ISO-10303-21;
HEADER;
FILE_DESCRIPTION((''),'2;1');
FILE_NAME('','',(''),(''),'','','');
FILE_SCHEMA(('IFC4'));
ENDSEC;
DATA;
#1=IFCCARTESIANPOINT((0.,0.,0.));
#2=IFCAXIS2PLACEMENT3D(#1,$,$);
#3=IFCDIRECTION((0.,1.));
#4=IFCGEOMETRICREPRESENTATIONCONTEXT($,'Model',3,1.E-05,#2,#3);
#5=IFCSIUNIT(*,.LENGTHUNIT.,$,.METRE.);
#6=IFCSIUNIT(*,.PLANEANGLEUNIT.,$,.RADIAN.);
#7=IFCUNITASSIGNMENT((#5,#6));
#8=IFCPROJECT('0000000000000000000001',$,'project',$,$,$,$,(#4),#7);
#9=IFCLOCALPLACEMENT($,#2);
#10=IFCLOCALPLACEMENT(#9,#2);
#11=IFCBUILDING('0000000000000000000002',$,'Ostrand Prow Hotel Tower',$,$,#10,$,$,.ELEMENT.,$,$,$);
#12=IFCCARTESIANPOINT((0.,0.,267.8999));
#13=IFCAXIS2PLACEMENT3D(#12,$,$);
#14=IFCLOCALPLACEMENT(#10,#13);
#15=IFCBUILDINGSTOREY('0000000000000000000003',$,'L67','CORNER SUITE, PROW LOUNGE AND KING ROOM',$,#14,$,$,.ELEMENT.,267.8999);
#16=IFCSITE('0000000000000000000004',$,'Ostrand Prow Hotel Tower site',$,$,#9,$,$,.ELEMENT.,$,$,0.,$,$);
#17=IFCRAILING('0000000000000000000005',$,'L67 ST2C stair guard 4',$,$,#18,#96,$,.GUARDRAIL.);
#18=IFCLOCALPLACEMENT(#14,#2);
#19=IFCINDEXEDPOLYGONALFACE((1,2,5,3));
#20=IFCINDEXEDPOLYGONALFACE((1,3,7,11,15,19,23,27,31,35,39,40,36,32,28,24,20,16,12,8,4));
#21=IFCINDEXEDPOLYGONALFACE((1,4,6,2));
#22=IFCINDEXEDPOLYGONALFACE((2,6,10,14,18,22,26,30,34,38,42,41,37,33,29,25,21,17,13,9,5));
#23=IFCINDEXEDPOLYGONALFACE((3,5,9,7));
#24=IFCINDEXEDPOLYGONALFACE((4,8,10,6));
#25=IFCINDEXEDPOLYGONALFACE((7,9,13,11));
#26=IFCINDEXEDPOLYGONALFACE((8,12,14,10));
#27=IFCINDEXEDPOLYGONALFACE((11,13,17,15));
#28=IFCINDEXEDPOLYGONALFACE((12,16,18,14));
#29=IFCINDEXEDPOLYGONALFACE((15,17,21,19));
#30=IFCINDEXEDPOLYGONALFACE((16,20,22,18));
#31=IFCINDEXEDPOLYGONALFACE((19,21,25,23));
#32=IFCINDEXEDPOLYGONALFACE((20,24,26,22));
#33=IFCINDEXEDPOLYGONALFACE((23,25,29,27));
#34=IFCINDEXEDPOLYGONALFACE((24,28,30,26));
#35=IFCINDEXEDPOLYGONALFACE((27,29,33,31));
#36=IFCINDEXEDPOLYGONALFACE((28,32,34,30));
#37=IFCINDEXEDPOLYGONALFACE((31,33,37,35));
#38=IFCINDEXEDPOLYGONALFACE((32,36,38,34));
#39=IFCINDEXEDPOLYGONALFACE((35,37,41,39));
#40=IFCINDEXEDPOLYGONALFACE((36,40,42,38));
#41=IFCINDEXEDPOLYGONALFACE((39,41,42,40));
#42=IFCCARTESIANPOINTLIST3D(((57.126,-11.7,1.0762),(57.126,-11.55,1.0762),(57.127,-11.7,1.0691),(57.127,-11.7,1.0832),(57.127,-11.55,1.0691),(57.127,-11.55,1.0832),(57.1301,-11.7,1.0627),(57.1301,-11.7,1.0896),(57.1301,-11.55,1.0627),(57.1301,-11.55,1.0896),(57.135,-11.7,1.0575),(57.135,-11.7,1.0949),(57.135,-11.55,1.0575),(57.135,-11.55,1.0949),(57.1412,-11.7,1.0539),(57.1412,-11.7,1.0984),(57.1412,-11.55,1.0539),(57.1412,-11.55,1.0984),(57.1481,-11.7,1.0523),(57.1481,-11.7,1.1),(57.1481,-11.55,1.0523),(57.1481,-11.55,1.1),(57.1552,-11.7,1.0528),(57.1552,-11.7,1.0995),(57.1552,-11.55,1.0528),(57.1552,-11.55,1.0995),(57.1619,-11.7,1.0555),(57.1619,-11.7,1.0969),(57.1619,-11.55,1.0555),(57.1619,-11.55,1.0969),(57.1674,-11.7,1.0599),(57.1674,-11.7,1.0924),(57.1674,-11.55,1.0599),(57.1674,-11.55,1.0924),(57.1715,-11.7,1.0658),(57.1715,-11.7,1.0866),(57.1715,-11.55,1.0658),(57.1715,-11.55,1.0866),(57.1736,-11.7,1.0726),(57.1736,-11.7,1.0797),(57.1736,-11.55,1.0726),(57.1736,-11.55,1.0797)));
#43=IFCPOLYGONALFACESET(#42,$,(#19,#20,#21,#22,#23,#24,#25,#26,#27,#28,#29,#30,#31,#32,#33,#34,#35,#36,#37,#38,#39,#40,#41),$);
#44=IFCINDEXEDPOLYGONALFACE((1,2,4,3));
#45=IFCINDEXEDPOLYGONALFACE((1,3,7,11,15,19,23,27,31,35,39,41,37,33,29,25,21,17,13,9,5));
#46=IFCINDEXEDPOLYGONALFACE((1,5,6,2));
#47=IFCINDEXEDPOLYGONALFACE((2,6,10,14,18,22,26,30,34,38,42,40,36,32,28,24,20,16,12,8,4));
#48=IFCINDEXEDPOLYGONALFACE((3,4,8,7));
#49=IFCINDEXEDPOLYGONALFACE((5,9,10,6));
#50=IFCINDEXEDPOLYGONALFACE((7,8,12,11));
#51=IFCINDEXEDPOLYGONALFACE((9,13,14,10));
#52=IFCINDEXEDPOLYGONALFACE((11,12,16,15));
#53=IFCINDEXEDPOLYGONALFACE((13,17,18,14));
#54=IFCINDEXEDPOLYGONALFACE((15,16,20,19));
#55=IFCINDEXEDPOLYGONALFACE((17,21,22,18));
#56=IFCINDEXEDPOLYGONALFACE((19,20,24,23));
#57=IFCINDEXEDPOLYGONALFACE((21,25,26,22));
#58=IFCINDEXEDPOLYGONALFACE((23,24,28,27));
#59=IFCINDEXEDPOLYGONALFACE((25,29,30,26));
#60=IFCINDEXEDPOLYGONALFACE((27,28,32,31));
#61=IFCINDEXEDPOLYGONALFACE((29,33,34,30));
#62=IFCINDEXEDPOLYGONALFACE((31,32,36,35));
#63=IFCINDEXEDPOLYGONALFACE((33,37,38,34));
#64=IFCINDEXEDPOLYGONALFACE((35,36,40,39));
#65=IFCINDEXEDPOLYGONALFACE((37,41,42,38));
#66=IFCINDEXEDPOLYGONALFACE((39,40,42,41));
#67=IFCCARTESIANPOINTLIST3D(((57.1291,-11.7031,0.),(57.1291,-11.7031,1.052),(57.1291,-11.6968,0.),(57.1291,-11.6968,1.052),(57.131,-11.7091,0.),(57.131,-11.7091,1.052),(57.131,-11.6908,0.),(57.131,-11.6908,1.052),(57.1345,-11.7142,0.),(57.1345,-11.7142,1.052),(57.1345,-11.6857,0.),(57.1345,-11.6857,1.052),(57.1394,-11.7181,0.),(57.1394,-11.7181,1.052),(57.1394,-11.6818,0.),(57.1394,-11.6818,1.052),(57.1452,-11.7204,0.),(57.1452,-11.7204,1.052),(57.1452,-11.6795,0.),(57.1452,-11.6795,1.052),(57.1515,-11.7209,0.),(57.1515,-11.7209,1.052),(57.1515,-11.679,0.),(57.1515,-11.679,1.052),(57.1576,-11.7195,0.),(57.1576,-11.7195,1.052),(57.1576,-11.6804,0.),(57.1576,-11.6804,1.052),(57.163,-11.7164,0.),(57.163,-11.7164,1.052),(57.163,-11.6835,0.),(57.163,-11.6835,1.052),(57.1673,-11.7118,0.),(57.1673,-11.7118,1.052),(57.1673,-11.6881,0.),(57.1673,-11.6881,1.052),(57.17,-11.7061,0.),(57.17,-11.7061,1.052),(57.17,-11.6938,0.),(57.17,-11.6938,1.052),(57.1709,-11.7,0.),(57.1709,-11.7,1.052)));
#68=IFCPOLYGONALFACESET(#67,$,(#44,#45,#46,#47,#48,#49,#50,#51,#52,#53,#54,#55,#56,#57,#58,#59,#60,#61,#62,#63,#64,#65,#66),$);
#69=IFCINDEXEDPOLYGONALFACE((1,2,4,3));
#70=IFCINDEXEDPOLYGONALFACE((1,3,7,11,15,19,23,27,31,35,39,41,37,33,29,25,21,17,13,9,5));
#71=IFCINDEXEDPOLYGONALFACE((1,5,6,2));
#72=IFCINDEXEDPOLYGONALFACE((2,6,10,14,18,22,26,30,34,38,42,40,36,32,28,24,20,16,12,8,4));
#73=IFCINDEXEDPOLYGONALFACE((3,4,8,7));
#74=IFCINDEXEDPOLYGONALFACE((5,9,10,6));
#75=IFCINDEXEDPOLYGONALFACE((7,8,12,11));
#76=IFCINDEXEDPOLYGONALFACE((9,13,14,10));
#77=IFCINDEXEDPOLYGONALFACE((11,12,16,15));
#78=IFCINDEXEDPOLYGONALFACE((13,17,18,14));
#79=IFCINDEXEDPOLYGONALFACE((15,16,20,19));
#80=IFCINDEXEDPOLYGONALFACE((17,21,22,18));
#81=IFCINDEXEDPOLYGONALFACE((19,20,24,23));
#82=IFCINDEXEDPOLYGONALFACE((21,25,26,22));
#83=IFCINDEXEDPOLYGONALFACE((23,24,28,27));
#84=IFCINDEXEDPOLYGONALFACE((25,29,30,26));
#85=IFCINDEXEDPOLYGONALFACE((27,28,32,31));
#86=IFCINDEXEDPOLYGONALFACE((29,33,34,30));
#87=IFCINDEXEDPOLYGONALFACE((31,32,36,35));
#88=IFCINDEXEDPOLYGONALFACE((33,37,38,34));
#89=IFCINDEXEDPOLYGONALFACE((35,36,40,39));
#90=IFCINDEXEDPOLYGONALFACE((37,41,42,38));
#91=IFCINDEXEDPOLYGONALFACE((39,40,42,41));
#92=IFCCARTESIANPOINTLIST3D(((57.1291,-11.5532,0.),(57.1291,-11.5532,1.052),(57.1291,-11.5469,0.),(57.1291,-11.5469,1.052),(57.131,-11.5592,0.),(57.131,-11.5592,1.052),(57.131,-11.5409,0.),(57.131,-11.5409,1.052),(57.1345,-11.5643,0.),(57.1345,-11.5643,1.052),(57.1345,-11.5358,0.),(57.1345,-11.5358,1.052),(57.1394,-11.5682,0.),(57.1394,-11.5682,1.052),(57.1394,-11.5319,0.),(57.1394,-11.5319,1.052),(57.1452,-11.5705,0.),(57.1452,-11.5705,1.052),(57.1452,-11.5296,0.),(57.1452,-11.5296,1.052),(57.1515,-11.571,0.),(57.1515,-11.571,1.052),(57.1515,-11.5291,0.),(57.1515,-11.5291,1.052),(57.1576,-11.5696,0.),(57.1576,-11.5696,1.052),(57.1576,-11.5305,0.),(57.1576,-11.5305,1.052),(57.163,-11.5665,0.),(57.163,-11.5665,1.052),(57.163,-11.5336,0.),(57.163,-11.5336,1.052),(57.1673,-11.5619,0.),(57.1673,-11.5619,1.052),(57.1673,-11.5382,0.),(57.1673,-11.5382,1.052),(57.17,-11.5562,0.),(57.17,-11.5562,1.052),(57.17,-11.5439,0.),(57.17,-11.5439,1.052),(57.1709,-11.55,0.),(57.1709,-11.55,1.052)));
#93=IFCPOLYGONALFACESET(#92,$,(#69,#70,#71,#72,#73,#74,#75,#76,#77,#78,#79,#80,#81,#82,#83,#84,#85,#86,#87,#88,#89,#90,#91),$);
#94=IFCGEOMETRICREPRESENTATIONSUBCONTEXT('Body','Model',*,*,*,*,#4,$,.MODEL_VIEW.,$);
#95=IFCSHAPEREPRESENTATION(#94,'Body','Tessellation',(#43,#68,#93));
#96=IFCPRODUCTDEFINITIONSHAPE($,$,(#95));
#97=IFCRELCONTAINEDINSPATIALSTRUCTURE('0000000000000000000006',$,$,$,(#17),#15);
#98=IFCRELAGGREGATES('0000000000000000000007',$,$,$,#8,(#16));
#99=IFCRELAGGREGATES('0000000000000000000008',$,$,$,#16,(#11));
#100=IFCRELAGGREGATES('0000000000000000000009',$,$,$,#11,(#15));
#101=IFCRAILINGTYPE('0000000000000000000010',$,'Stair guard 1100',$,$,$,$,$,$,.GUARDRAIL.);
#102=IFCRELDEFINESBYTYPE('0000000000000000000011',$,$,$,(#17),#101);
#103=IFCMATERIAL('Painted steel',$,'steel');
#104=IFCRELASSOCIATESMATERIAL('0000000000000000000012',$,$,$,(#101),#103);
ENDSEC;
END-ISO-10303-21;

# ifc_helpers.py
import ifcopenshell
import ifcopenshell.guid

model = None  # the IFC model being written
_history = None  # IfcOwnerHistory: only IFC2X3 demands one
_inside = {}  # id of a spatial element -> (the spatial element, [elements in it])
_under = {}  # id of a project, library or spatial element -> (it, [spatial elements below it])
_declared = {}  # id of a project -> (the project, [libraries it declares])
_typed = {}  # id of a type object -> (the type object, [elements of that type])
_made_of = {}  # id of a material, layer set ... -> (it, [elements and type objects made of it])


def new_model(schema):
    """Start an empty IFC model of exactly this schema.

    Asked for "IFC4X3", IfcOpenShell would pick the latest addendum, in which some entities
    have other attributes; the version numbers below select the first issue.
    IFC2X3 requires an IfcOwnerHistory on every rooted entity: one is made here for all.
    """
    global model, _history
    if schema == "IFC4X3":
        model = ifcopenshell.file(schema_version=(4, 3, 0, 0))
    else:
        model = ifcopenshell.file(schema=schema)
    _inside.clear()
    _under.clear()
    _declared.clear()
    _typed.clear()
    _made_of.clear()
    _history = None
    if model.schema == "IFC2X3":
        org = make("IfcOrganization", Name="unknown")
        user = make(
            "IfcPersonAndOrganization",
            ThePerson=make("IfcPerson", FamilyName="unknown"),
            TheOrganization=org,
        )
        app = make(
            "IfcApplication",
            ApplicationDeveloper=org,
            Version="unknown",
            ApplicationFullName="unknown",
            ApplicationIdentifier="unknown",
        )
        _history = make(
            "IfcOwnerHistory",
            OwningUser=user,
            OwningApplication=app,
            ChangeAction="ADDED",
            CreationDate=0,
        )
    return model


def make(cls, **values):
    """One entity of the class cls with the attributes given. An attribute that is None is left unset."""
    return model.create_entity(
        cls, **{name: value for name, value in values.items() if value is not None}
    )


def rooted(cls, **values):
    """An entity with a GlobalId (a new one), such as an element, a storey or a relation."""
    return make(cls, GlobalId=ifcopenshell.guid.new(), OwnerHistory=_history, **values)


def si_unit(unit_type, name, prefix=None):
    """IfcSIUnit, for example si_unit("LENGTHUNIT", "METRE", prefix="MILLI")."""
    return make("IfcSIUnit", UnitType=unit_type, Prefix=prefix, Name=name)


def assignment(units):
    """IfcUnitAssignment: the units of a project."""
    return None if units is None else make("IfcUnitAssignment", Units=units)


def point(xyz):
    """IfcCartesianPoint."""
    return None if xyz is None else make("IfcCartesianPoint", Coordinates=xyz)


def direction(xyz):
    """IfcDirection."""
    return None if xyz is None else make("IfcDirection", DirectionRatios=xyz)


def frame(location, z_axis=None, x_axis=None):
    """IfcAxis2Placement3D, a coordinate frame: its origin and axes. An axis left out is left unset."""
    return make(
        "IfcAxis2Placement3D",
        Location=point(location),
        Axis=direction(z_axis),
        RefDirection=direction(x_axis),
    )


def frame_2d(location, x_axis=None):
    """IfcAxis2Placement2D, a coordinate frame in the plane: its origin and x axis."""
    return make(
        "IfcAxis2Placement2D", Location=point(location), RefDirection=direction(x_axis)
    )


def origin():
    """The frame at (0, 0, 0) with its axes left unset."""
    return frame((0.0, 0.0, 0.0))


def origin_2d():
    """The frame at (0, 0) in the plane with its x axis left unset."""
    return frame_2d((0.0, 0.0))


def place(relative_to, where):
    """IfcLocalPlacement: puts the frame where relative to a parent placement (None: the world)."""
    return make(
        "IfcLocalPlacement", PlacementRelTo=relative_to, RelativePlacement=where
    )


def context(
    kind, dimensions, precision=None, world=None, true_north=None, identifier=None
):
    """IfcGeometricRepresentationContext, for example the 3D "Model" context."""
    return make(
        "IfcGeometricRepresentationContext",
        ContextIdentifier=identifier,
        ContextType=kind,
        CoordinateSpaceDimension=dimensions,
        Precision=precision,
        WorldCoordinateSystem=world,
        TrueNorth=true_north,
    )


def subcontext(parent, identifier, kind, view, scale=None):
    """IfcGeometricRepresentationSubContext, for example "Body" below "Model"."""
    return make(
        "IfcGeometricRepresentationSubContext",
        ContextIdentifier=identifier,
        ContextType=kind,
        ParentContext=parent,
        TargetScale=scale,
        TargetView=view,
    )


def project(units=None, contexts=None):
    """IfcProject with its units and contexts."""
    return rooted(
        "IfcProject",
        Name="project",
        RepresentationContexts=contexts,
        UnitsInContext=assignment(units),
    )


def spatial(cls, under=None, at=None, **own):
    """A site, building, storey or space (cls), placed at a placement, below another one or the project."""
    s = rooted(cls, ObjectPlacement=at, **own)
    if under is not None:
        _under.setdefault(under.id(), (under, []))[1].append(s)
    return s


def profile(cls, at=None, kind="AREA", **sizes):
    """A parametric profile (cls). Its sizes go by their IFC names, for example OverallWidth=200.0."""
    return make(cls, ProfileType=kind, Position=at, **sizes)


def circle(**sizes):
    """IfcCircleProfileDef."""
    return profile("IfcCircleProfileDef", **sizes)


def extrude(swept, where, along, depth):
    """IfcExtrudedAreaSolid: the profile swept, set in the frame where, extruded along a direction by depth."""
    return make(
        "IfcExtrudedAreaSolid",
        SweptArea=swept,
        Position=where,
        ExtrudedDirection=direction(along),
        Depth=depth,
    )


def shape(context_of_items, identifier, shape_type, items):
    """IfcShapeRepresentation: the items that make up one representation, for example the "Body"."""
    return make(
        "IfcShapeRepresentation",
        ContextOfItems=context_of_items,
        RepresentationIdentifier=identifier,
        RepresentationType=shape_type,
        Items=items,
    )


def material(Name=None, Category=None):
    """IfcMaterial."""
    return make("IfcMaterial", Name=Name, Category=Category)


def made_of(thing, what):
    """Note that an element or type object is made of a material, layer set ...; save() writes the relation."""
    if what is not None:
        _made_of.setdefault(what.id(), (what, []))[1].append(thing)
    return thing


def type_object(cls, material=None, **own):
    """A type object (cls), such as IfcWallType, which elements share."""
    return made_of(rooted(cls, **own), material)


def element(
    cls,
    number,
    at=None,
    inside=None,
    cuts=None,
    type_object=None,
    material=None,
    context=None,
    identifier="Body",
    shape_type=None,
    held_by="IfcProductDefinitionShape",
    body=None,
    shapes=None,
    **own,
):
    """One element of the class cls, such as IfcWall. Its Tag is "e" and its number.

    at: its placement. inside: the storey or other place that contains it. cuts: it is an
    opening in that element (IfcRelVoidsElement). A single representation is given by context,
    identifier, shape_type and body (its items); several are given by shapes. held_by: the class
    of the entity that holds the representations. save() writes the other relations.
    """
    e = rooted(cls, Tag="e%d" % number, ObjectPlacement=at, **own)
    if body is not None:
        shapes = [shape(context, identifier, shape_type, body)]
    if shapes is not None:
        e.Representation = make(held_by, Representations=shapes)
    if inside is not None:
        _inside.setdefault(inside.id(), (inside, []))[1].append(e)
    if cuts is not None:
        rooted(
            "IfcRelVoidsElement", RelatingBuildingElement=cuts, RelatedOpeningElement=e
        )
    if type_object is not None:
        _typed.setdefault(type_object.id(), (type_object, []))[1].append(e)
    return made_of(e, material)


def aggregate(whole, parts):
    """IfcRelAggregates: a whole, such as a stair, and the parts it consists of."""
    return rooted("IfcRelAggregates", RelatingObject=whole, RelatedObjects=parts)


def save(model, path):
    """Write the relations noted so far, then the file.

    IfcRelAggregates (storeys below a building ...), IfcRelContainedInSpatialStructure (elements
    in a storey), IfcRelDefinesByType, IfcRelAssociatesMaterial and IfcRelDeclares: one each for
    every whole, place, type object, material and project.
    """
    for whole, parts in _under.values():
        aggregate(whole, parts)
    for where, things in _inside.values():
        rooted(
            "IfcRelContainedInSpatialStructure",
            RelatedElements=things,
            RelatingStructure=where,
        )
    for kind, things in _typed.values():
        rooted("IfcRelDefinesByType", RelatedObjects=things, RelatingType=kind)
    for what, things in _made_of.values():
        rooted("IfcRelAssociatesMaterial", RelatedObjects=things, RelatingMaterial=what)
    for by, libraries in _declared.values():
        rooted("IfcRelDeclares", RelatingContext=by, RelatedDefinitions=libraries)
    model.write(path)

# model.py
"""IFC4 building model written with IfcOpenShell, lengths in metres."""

from ifc_helpers import new_model, si_unit, direction, frame, origin, origin_2d, place, context, subcontext, project, spatial, circle, extrude, material, type_object, element, save


model = new_model("IFC4")

# Units and contexts
model_context = context("Model", 3, precision=1e-05, world=origin(), true_north=direction((0.0, 1.0)))
body_context = subcontext(model_context, "Body", "Model", "MODEL_VIEW")
ifc_project = project(units=[si_unit("LENGTHUNIT", "METRE"), si_unit("PLANEANGLEUNIT", "RADIAN")], contexts=[model_context])

# Site, building, storey
site_placement = place(None, origin())
site = spatial("IfcSite", under=ifc_project, at=site_placement, Name="Ostrand Prow Hotel Tower site", CompositionType="ELEMENT", RefElevation=0.0)
building_placement = place(site_placement, origin())
building = spatial("IfcBuilding", under=site, at=building_placement, Name="Ostrand Prow Hotel Tower", CompositionType="ELEMENT")
storey_placement = place(building_placement, frame((0.0, 0.0, 267.8999)))
storey = spatial("IfcBuildingStorey", under=building, at=storey_placement, Name="L67", Description="CORNER SUITE, PROW LOUNGE AND KING ROOM", CompositionType="ELEMENT", Elevation=267.8999)

# Railing
ifc_material_1 = material(Name="Painted steel", Category="steel")
railing_type_1 = type_object("IfcRailingType", Name="Stair guard 1100", PredefinedType="GUARDRAIL", material=ifc_material_1)
railing_1_placement = place(storey_placement, frame((57.1499, -11.7, 0.0)))
element("IfcRailing", 1, at=railing_1_placement, inside=storey, type_object=railing_type_1, Name="L67 ST2C stair guard 4", PredefinedType="GUARDRAIL", context=body_context, shape_type="SweptSolid", body=[
    extrude(circle(Radius=0.0239, at=origin_2d()), frame((0.0, 0.0, 1.0762), z_axis=(0.0, 1.0, 0.0), x_axis=(-1.0, 0.0, 0.0)), (0.0, 0.0, 1.0), 0.1499),
    extrude(circle(Radius=0.021, at=origin_2d()), origin(), (0.0, 0.0, 1.0), 1.052),
    extrude(circle(Radius=0.021, at=origin_2d()), frame((0.0, 0.1499, 0.0)), (0.0, 0.0, 1.0), 1.052),
])

save(model, "model.ifc")
